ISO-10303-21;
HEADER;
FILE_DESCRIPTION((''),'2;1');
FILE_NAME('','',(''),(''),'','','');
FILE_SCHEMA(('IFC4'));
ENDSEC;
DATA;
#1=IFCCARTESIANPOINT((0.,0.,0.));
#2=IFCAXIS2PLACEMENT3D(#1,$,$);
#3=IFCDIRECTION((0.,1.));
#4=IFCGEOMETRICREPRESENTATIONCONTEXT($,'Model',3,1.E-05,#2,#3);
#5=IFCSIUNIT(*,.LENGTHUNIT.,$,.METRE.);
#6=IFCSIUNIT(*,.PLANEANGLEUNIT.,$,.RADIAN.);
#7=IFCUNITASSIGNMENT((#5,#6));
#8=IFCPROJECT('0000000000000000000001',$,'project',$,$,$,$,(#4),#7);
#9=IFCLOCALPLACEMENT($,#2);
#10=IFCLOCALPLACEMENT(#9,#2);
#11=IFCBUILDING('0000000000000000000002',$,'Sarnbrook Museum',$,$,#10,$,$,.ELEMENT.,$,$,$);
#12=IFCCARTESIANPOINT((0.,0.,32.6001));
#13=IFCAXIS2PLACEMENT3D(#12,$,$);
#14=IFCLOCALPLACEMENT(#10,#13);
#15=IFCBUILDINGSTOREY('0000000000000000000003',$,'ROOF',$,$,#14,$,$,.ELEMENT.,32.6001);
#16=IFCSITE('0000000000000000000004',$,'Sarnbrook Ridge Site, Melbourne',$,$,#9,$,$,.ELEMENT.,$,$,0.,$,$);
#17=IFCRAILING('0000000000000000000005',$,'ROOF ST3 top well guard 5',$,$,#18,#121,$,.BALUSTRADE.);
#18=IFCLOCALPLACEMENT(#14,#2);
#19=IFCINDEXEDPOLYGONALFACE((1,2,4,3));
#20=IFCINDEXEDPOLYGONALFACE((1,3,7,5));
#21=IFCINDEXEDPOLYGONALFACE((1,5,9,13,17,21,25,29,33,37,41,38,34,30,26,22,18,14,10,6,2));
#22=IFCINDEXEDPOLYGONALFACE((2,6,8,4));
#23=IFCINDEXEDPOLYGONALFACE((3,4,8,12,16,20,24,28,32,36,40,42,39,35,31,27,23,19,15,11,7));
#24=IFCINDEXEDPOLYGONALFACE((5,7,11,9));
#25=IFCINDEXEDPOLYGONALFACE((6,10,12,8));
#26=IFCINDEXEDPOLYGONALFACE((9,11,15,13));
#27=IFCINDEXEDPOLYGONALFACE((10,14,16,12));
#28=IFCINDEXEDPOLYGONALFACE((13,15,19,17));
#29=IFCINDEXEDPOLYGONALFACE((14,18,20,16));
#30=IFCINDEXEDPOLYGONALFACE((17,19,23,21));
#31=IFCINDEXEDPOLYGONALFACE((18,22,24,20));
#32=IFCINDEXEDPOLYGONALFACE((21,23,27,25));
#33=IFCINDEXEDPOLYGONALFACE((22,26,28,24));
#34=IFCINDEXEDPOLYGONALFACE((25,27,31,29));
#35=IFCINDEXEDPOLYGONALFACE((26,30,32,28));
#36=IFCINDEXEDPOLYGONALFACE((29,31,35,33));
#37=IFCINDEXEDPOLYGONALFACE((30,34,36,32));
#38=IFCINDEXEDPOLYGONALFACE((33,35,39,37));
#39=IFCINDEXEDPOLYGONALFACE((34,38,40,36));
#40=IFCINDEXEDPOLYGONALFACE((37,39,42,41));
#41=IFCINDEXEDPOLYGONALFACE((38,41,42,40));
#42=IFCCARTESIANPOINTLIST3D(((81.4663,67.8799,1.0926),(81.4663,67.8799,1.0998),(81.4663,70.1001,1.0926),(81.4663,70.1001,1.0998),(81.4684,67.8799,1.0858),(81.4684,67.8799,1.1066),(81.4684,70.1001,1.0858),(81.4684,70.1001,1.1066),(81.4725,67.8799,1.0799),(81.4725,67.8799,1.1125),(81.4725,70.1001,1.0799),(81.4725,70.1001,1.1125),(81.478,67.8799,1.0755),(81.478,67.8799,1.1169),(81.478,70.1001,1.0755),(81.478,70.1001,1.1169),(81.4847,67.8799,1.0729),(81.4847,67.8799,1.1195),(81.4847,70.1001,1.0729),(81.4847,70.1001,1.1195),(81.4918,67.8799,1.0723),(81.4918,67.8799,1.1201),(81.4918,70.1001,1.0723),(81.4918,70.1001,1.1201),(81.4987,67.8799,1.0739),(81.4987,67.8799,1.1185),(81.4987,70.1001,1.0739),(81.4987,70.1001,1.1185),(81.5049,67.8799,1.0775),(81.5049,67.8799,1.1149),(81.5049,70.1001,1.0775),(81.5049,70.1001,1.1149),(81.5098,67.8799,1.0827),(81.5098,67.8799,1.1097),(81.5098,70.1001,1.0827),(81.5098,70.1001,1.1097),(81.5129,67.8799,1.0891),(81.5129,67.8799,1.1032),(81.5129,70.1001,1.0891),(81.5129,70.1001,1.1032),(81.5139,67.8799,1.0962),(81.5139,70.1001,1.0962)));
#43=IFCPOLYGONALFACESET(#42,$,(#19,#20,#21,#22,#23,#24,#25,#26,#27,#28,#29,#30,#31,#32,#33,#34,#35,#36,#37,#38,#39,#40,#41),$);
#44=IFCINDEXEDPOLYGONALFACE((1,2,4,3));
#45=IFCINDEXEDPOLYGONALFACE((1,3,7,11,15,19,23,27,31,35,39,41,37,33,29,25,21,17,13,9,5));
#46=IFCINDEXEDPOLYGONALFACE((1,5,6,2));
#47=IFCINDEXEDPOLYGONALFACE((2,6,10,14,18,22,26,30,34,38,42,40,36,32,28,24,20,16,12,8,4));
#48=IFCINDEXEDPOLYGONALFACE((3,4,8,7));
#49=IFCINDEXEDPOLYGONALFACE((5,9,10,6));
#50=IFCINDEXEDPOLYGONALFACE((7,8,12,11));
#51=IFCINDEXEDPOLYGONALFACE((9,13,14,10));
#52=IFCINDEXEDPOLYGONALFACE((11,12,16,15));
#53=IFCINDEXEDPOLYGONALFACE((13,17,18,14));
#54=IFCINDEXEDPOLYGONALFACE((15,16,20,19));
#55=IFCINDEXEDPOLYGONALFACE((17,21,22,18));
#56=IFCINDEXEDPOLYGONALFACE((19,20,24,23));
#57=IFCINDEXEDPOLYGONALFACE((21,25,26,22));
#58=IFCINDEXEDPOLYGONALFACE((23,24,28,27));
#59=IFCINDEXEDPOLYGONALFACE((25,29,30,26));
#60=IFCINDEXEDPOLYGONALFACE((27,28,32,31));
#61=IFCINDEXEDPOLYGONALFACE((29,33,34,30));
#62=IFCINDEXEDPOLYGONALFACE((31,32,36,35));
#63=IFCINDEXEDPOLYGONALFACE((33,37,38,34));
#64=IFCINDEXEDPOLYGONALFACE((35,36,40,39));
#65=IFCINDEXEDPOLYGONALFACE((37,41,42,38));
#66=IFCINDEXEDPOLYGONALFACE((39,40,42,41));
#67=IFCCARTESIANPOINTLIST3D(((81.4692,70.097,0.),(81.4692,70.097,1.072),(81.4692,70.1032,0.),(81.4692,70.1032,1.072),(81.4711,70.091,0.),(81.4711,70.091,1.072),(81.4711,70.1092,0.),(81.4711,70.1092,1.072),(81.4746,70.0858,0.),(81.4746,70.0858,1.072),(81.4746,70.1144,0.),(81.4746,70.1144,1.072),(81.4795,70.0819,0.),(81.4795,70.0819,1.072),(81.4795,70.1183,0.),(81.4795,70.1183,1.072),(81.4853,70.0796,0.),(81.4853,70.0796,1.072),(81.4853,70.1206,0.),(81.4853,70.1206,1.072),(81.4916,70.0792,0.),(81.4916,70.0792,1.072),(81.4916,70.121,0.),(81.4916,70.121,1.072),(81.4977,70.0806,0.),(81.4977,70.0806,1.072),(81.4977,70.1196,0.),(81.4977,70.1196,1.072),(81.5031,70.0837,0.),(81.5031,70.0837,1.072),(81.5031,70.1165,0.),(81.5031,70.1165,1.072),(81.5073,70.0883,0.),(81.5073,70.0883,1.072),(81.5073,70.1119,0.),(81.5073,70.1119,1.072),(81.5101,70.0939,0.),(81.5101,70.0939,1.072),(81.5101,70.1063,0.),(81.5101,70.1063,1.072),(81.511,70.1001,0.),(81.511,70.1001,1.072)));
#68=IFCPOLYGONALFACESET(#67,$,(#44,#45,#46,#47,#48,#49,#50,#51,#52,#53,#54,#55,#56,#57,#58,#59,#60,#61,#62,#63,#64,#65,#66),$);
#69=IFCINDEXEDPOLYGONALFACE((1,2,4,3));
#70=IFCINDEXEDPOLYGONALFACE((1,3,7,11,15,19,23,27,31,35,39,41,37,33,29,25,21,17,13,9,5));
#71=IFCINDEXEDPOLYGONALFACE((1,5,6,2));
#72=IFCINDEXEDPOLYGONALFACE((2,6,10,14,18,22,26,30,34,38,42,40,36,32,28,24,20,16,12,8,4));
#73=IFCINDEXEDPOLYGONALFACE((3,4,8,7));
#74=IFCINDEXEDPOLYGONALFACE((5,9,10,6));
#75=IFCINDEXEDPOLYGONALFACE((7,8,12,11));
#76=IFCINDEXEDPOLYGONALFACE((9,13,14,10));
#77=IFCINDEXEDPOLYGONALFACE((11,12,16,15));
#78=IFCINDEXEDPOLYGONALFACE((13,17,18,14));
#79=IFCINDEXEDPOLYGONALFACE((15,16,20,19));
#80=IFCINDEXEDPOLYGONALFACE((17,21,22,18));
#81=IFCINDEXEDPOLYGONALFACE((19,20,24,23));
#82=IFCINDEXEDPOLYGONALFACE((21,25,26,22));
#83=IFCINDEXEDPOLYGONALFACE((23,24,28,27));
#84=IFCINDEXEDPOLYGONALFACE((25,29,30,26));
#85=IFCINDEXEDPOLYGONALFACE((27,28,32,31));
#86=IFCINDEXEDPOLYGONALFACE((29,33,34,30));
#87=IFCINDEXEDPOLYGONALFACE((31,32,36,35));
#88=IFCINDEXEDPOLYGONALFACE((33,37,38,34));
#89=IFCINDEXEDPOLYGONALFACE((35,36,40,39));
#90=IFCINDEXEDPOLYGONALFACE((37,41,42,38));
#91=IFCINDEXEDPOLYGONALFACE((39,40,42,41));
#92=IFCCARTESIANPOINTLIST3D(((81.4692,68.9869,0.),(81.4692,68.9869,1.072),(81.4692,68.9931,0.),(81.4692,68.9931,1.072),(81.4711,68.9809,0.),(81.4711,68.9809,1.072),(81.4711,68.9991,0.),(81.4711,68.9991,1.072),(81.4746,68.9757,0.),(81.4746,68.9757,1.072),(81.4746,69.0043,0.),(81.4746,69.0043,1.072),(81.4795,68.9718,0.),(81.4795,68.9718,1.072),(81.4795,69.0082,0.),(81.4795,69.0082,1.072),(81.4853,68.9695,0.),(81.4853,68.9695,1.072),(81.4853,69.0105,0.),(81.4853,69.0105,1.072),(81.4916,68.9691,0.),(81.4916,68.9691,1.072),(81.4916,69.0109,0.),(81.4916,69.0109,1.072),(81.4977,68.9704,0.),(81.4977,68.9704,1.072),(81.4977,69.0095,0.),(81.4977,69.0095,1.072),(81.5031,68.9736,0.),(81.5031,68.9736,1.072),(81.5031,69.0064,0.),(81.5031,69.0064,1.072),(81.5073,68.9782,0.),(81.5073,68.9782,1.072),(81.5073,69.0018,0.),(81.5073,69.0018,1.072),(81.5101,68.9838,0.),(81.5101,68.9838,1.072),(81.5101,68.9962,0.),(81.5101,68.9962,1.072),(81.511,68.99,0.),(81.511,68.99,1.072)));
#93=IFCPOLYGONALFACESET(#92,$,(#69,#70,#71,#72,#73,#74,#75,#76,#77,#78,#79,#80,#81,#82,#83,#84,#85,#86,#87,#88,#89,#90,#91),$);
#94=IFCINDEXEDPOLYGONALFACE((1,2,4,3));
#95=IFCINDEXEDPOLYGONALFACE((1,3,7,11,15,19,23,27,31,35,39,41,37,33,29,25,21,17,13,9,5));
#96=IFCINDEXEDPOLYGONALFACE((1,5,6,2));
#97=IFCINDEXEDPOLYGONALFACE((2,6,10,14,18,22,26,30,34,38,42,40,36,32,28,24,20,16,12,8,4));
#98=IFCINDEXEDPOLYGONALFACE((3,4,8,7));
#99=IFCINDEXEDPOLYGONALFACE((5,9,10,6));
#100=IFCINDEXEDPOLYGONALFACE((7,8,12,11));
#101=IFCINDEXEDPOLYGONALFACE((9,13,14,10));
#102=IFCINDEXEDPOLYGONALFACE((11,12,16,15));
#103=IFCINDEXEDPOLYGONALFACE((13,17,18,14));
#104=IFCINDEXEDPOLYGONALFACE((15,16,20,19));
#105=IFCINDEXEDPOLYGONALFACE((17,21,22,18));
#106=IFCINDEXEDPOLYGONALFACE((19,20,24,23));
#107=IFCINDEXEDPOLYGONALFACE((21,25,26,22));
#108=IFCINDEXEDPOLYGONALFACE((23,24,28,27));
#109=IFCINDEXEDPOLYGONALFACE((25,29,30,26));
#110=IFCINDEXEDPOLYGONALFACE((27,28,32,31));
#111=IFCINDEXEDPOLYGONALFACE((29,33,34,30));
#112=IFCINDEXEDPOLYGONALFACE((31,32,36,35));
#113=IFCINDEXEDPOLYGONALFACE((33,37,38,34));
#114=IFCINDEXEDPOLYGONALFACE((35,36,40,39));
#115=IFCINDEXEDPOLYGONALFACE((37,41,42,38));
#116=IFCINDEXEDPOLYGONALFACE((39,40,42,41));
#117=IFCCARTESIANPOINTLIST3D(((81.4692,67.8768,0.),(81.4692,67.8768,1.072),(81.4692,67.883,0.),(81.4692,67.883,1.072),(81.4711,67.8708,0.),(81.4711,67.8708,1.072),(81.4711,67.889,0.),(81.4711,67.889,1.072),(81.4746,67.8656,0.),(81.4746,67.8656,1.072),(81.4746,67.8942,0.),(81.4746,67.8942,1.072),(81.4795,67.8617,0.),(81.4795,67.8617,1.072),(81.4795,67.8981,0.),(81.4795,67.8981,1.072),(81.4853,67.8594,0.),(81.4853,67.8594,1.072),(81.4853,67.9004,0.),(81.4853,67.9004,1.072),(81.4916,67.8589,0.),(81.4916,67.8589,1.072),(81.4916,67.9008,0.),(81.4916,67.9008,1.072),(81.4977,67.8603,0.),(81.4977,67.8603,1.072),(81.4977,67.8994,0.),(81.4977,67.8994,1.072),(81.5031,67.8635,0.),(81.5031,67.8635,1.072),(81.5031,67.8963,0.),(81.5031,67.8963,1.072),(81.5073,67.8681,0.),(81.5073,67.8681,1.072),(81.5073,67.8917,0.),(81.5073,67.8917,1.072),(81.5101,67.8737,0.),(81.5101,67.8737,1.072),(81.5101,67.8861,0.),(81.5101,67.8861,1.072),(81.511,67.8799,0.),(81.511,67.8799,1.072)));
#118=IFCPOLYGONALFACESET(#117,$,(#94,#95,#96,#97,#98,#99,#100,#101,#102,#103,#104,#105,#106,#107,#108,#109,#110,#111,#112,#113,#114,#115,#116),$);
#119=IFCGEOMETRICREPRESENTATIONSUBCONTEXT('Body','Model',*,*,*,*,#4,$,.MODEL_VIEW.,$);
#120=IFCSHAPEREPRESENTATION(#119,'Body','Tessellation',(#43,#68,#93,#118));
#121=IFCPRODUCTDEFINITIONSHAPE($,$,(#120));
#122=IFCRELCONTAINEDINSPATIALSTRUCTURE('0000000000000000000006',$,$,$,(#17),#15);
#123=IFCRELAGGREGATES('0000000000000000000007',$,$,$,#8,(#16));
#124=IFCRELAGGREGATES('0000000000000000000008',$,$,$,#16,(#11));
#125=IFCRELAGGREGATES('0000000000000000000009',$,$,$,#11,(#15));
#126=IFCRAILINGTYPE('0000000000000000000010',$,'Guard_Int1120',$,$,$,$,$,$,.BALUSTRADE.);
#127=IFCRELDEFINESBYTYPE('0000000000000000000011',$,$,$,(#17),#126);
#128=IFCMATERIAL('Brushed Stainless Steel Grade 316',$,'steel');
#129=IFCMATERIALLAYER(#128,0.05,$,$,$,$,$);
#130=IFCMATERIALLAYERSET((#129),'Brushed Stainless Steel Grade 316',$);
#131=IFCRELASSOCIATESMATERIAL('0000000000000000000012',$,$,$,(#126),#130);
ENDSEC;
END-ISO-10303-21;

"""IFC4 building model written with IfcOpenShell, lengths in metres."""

from ifc_helpers import new_model, si_unit, direction, frame, origin, origin_2d, place, context, subcontext, project, spatial, circle, extrude, material, layer, layer_set, type_object, element, save


model = new_model("IFC4")

# Units and contexts
model_context = context("Model", 3, precision=1e-05, world=origin(), true_north=direction((0.0, 1.0)))
body_context = subcontext(model_context, "Body", "Model", "MODEL_VIEW")
ifc_project = project(units=[si_unit("LENGTHUNIT", "METRE"), si_unit("PLANEANGLEUNIT", "RADIAN")], contexts=[model_context])

# Site, building, storey
site_placement = place(None, origin())
site = spatial("IfcSite", under=ifc_project, at=site_placement, Name="Sarnbrook Ridge Site, Melbourne", CompositionType="ELEMENT", RefElevation=0.0)
building_placement = place(site_placement, origin())
building = spatial("IfcBuilding", under=site, at=building_placement, Name="Sarnbrook Museum", CompositionType="ELEMENT")
storey_placement = place(building_placement, frame((0.0, 0.0, 32.6001)))
storey = spatial("IfcBuildingStorey", under=building, at=storey_placement, Name="ROOF", CompositionType="ELEMENT", Elevation=32.6001)

# Shared definitions
ifc_material_1 = material(Name="Brushed Stainless Steel Grade 316", Category="steel")

# Railing
ifc_layer_1 = layer(ifc_material_1, 0.05)
ifc_layer_set_1 = layer_set([ifc_layer_1], Name="Brushed Stainless Steel Grade 316")
railing_type = type_object("IfcRailingType", Name="Guard_Int1120", PredefinedType="BALUSTRADE", material=ifc_layer_set_1)
for number, where, name in (
    (1, (81.49, 70.1001, 0.0), "ROOF ST3 top well guard 5"),
):
    element("IfcRailing", number, at=place(storey_placement, frame(where)), inside=storey, type_object=railing_type, Name=name, PredefinedType="BALUSTRADE", context=body_context, shape_type="SweptSolid", body=[
        extrude(circle(Radius=0.0239, at=origin_2d()), frame((0.0, 0.0, 1.0962), z_axis=(0.0, -1.0, 0.0), x_axis=(1.0, 0.0, 0.0)), (0.0, 0.0, 1.0), 2.2202),
        extrude(circle(Radius=0.021, at=origin_2d()), origin(), (0.0, 0.0, 1.0), 1.072),
        extrude(circle(Radius=0.021, at=origin_2d()), frame((0.0, -1.1101, 0.0)), (0.0, 0.0, 1.0), 1.072),
        extrude(circle(Radius=0.021, at=origin_2d()), frame((0.0, -2.2202, 0.0)), (0.0, 0.0, 1.0), 1.072),
    ])

save(model, "model.ifc")
